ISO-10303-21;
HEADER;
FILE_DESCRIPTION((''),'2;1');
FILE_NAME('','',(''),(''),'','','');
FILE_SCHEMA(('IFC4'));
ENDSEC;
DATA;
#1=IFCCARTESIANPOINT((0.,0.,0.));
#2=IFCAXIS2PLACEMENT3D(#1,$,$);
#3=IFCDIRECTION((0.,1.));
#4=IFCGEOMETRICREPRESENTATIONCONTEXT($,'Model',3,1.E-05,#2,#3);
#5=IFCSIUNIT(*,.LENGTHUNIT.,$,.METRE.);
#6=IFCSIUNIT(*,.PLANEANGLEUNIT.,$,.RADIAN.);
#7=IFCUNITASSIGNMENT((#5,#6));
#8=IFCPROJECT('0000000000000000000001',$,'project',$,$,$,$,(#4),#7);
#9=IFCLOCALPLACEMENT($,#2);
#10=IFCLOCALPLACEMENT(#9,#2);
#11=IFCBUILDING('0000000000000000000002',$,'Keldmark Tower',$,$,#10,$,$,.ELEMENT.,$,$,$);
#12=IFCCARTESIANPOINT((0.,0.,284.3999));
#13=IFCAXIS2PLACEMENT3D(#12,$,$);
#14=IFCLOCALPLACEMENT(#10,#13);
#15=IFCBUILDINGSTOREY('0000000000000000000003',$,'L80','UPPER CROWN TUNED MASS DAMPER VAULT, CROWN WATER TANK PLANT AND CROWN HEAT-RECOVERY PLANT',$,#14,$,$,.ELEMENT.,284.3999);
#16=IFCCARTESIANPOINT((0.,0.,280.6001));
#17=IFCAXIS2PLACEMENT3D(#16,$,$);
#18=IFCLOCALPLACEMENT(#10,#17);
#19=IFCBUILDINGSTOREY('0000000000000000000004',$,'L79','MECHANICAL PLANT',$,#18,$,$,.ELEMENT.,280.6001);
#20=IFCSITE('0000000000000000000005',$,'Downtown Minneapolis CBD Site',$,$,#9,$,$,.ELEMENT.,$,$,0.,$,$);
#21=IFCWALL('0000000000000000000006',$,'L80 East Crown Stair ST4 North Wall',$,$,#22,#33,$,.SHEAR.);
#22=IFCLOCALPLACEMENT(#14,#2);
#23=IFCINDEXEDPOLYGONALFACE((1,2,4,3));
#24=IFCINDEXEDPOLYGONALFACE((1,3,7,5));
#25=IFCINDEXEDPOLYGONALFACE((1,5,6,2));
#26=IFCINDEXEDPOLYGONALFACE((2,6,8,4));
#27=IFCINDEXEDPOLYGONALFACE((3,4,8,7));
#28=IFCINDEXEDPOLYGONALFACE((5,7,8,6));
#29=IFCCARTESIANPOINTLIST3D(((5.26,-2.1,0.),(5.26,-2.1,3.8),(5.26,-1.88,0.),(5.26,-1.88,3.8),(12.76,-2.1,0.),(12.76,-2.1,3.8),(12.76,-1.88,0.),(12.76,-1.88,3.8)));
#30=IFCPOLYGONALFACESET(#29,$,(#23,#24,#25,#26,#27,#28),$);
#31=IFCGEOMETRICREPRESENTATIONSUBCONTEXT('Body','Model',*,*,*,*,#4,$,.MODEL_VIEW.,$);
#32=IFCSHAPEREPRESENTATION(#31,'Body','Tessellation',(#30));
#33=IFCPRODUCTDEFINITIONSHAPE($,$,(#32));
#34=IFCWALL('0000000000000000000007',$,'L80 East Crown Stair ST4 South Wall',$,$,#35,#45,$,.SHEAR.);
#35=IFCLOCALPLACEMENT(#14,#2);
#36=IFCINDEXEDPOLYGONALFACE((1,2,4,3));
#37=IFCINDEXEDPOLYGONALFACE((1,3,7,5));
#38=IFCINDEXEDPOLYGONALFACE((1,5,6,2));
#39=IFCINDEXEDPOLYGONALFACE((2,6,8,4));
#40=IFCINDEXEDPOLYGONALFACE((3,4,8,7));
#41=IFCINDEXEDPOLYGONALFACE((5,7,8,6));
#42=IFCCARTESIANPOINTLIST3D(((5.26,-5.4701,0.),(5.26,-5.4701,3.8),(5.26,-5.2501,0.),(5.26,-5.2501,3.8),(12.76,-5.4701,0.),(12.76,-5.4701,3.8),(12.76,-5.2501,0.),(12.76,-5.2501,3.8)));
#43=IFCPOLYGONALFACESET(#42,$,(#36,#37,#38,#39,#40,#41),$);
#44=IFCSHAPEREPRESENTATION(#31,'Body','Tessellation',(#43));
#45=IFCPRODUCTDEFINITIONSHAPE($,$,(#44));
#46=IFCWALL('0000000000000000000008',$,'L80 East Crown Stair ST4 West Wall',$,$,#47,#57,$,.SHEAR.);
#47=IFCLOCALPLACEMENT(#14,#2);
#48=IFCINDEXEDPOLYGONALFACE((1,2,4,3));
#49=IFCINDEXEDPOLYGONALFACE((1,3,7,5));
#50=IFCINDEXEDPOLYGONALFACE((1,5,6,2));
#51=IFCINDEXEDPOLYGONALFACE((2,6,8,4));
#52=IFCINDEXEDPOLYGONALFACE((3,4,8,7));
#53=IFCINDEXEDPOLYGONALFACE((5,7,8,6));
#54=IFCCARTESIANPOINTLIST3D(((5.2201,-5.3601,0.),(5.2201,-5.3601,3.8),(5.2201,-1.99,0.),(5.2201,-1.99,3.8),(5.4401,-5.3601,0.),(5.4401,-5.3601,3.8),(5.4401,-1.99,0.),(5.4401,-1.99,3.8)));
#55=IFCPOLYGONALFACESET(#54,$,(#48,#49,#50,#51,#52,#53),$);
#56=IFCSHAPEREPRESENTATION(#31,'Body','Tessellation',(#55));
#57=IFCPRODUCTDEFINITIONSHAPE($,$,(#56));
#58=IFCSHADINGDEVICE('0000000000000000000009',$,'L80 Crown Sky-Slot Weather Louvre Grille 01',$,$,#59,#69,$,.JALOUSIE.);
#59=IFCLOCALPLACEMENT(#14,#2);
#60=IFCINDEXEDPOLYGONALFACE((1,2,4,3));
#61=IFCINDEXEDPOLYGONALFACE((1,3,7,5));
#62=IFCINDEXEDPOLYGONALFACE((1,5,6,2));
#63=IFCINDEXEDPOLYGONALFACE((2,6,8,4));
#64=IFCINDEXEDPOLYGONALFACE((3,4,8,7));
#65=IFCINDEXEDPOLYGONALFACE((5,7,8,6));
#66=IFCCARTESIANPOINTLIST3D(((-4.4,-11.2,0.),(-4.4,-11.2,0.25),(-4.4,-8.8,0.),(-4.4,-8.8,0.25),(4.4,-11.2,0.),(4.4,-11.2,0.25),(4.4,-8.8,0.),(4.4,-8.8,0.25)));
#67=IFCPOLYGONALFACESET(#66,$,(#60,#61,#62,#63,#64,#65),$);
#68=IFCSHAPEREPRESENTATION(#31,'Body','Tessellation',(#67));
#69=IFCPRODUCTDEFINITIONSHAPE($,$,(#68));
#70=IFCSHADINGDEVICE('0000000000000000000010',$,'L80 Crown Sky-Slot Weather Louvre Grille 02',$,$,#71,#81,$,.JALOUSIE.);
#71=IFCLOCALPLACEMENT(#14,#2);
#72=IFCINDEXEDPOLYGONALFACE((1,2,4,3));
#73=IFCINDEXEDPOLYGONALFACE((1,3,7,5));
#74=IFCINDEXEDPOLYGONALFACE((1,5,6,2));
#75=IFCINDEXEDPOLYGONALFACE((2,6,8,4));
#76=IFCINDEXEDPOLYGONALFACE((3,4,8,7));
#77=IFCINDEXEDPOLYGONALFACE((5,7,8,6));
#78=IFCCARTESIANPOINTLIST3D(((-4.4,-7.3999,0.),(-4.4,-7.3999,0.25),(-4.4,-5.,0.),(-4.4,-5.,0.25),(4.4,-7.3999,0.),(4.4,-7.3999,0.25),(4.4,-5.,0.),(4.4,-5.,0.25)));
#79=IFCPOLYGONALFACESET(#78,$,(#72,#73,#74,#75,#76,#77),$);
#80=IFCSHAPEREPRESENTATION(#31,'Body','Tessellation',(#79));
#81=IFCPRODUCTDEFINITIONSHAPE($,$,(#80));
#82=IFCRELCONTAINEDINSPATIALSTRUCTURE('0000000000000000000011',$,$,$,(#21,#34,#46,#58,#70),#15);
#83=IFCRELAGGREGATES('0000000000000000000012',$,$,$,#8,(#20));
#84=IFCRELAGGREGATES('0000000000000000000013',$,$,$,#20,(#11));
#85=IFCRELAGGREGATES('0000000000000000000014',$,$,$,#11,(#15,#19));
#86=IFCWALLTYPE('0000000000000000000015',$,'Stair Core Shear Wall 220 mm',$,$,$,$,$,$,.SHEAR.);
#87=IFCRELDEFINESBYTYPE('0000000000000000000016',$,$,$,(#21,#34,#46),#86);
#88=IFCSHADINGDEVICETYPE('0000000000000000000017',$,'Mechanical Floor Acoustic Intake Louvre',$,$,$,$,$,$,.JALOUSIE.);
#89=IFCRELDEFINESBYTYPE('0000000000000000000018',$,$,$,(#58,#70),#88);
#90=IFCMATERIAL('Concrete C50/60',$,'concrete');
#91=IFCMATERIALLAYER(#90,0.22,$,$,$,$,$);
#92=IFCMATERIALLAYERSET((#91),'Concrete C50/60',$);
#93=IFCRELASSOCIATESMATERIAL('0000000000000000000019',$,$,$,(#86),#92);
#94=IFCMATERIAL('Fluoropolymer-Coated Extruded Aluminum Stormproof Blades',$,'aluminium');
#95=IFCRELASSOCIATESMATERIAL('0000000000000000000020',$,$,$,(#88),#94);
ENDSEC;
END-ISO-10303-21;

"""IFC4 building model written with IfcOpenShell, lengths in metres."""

from ifc_helpers import new_model, si_unit, direction, frame, frame_2d, origin, origin_2d, place, context, subcontext, project, spatial, rectangle, extrude, material, layer, layer_set, type_object, element, save


model = new_model("IFC4")

# Units and contexts
model_context = context("Model", 3, precision=1e-05, world=origin(), true_north=direction((0.0, 1.0)))
body_context = subcontext(model_context, "Body", "Model", "MODEL_VIEW")
ifc_project = project(units=[si_unit("LENGTHUNIT", "METRE"), si_unit("PLANEANGLEUNIT", "RADIAN")], contexts=[model_context])

# Site, building, storey
site_placement = place(None, origin())
site = spatial("IfcSite", under=ifc_project, at=site_placement, Name="Downtown Minneapolis CBD Site", CompositionType="ELEMENT", RefElevation=0.0)
building_placement = place(site_placement, origin())
building = spatial("IfcBuilding", under=site, at=building_placement, Name="Keldmark Tower", CompositionType="ELEMENT")
storey_1_placement = place(building_placement, frame((0.0, 0.0, 284.3999)))
storey_1 = spatial("IfcBuildingStorey", under=building, at=storey_1_placement, Name="L80", Description="UPPER CROWN TUNED MASS DAMPER VAULT, CROWN WATER TANK PLANT AND CROWN HEAT-RECOVERY PLANT", CompositionType="ELEMENT", Elevation=284.3999)

# Shared definitions
storey_2_placement = place(building_placement, frame((0.0, 0.0, 280.6001)))
storey_2 = spatial("IfcBuildingStorey", under=building, at=storey_2_placement, Name="L79", Description="MECHANICAL PLANT", CompositionType="ELEMENT", Elevation=280.6001)

# Walls
ifc_material_1 = material(Name="Concrete C50/60", Category="concrete")
ifc_layer_1 = layer(ifc_material_1, 0.22)
ifc_layer_set_1 = layer_set([ifc_layer_1], Name="Concrete C50/60")
wall_type_1 = type_object("IfcWallType", Name="Stair Core Shear Wall 220 mm", PredefinedType="SHEAR", material=ifc_layer_set_1)
for number, where, z_axis, x_axis, name in (
    (1, (5.26, -1.99, 0.0), (0.0, 0.0, 1.0), (1.0, 0.0, 0.0), "L80 East Crown Stair ST4 North Wall"),
    (2, (5.26, -5.3601, 0.0), (0.0, 0.0, 1.0), (1.0, 0.0, 0.0), "L80 East Crown Stair ST4 South Wall"),
):
    element("IfcWall", number, at=place(storey_1_placement, frame(where, z_axis=z_axis, x_axis=x_axis)), inside=storey_1, type_object=wall_type_1, Name=name, PredefinedType="SHEAR", context=body_context, shape_type="SweptSolid", body=[
        extrude(rectangle(XDim=7.5, YDim=0.22, at=frame_2d((3.75, 0.0))), origin(), (0.0, 0.0, 1.0), 3.8),
    ])
wall_1_placement = place(storey_1_placement, frame((5.3301, -5.3601, 0.0), z_axis=(0.0, 0.0, 1.0), x_axis=(0.0, 1.0, 0.0)))
element("IfcWall", 3, at=wall_1_placement, inside=storey_1, type_object=wall_type_1, Name="L80 East Crown Stair ST4 West Wall", PredefinedType="SHEAR", context=body_context, shape_type="SweptSolid", body=[
    extrude(rectangle(XDim=3.3701, YDim=0.22, at=frame_2d((1.6851, 0.0))), origin(), (0.0, 0.0, 1.0), 3.8),
])

# Shading devices
ifc_material_2 = material(Name="Fluoropolymer-Coated Extruded Aluminum Stormproof Blades", Category="aluminium")
shading_device_type = type_object("IfcShadingDeviceType", Name="Mechanical Floor Acoustic Intake Louvre", PredefinedType="JALOUSIE", material=ifc_material_2)
for number, where, z_axis, x_axis, name in (
    (4, (0.0, -10.0, 0.0), (0.0, 0.0, 1.0), (1.0, 0.0, 0.0), "L80 Crown Sky-Slot Weather Louvre Grille 01"),
    (5, (0.0, -6.2, 0.0), (0.0, 0.0, 1.0), (1.0, 0.0, 0.0), "L80 Crown Sky-Slot Weather Louvre Grille 02"),
):
    element("IfcShadingDevice", number, at=place(storey_1_placement, frame(where, z_axis=z_axis, x_axis=x_axis)), inside=storey_1, type_object=shading_device_type, Name=name, PredefinedType="JALOUSIE", context=body_context, shape_type="SweptSolid", body=[
        extrude(rectangle(XDim=8.8, YDim=2.3999, at=origin_2d()), origin(), (0.0, 0.0, 1.0), 0.25),
    ])

save(model, "model.ifc")
